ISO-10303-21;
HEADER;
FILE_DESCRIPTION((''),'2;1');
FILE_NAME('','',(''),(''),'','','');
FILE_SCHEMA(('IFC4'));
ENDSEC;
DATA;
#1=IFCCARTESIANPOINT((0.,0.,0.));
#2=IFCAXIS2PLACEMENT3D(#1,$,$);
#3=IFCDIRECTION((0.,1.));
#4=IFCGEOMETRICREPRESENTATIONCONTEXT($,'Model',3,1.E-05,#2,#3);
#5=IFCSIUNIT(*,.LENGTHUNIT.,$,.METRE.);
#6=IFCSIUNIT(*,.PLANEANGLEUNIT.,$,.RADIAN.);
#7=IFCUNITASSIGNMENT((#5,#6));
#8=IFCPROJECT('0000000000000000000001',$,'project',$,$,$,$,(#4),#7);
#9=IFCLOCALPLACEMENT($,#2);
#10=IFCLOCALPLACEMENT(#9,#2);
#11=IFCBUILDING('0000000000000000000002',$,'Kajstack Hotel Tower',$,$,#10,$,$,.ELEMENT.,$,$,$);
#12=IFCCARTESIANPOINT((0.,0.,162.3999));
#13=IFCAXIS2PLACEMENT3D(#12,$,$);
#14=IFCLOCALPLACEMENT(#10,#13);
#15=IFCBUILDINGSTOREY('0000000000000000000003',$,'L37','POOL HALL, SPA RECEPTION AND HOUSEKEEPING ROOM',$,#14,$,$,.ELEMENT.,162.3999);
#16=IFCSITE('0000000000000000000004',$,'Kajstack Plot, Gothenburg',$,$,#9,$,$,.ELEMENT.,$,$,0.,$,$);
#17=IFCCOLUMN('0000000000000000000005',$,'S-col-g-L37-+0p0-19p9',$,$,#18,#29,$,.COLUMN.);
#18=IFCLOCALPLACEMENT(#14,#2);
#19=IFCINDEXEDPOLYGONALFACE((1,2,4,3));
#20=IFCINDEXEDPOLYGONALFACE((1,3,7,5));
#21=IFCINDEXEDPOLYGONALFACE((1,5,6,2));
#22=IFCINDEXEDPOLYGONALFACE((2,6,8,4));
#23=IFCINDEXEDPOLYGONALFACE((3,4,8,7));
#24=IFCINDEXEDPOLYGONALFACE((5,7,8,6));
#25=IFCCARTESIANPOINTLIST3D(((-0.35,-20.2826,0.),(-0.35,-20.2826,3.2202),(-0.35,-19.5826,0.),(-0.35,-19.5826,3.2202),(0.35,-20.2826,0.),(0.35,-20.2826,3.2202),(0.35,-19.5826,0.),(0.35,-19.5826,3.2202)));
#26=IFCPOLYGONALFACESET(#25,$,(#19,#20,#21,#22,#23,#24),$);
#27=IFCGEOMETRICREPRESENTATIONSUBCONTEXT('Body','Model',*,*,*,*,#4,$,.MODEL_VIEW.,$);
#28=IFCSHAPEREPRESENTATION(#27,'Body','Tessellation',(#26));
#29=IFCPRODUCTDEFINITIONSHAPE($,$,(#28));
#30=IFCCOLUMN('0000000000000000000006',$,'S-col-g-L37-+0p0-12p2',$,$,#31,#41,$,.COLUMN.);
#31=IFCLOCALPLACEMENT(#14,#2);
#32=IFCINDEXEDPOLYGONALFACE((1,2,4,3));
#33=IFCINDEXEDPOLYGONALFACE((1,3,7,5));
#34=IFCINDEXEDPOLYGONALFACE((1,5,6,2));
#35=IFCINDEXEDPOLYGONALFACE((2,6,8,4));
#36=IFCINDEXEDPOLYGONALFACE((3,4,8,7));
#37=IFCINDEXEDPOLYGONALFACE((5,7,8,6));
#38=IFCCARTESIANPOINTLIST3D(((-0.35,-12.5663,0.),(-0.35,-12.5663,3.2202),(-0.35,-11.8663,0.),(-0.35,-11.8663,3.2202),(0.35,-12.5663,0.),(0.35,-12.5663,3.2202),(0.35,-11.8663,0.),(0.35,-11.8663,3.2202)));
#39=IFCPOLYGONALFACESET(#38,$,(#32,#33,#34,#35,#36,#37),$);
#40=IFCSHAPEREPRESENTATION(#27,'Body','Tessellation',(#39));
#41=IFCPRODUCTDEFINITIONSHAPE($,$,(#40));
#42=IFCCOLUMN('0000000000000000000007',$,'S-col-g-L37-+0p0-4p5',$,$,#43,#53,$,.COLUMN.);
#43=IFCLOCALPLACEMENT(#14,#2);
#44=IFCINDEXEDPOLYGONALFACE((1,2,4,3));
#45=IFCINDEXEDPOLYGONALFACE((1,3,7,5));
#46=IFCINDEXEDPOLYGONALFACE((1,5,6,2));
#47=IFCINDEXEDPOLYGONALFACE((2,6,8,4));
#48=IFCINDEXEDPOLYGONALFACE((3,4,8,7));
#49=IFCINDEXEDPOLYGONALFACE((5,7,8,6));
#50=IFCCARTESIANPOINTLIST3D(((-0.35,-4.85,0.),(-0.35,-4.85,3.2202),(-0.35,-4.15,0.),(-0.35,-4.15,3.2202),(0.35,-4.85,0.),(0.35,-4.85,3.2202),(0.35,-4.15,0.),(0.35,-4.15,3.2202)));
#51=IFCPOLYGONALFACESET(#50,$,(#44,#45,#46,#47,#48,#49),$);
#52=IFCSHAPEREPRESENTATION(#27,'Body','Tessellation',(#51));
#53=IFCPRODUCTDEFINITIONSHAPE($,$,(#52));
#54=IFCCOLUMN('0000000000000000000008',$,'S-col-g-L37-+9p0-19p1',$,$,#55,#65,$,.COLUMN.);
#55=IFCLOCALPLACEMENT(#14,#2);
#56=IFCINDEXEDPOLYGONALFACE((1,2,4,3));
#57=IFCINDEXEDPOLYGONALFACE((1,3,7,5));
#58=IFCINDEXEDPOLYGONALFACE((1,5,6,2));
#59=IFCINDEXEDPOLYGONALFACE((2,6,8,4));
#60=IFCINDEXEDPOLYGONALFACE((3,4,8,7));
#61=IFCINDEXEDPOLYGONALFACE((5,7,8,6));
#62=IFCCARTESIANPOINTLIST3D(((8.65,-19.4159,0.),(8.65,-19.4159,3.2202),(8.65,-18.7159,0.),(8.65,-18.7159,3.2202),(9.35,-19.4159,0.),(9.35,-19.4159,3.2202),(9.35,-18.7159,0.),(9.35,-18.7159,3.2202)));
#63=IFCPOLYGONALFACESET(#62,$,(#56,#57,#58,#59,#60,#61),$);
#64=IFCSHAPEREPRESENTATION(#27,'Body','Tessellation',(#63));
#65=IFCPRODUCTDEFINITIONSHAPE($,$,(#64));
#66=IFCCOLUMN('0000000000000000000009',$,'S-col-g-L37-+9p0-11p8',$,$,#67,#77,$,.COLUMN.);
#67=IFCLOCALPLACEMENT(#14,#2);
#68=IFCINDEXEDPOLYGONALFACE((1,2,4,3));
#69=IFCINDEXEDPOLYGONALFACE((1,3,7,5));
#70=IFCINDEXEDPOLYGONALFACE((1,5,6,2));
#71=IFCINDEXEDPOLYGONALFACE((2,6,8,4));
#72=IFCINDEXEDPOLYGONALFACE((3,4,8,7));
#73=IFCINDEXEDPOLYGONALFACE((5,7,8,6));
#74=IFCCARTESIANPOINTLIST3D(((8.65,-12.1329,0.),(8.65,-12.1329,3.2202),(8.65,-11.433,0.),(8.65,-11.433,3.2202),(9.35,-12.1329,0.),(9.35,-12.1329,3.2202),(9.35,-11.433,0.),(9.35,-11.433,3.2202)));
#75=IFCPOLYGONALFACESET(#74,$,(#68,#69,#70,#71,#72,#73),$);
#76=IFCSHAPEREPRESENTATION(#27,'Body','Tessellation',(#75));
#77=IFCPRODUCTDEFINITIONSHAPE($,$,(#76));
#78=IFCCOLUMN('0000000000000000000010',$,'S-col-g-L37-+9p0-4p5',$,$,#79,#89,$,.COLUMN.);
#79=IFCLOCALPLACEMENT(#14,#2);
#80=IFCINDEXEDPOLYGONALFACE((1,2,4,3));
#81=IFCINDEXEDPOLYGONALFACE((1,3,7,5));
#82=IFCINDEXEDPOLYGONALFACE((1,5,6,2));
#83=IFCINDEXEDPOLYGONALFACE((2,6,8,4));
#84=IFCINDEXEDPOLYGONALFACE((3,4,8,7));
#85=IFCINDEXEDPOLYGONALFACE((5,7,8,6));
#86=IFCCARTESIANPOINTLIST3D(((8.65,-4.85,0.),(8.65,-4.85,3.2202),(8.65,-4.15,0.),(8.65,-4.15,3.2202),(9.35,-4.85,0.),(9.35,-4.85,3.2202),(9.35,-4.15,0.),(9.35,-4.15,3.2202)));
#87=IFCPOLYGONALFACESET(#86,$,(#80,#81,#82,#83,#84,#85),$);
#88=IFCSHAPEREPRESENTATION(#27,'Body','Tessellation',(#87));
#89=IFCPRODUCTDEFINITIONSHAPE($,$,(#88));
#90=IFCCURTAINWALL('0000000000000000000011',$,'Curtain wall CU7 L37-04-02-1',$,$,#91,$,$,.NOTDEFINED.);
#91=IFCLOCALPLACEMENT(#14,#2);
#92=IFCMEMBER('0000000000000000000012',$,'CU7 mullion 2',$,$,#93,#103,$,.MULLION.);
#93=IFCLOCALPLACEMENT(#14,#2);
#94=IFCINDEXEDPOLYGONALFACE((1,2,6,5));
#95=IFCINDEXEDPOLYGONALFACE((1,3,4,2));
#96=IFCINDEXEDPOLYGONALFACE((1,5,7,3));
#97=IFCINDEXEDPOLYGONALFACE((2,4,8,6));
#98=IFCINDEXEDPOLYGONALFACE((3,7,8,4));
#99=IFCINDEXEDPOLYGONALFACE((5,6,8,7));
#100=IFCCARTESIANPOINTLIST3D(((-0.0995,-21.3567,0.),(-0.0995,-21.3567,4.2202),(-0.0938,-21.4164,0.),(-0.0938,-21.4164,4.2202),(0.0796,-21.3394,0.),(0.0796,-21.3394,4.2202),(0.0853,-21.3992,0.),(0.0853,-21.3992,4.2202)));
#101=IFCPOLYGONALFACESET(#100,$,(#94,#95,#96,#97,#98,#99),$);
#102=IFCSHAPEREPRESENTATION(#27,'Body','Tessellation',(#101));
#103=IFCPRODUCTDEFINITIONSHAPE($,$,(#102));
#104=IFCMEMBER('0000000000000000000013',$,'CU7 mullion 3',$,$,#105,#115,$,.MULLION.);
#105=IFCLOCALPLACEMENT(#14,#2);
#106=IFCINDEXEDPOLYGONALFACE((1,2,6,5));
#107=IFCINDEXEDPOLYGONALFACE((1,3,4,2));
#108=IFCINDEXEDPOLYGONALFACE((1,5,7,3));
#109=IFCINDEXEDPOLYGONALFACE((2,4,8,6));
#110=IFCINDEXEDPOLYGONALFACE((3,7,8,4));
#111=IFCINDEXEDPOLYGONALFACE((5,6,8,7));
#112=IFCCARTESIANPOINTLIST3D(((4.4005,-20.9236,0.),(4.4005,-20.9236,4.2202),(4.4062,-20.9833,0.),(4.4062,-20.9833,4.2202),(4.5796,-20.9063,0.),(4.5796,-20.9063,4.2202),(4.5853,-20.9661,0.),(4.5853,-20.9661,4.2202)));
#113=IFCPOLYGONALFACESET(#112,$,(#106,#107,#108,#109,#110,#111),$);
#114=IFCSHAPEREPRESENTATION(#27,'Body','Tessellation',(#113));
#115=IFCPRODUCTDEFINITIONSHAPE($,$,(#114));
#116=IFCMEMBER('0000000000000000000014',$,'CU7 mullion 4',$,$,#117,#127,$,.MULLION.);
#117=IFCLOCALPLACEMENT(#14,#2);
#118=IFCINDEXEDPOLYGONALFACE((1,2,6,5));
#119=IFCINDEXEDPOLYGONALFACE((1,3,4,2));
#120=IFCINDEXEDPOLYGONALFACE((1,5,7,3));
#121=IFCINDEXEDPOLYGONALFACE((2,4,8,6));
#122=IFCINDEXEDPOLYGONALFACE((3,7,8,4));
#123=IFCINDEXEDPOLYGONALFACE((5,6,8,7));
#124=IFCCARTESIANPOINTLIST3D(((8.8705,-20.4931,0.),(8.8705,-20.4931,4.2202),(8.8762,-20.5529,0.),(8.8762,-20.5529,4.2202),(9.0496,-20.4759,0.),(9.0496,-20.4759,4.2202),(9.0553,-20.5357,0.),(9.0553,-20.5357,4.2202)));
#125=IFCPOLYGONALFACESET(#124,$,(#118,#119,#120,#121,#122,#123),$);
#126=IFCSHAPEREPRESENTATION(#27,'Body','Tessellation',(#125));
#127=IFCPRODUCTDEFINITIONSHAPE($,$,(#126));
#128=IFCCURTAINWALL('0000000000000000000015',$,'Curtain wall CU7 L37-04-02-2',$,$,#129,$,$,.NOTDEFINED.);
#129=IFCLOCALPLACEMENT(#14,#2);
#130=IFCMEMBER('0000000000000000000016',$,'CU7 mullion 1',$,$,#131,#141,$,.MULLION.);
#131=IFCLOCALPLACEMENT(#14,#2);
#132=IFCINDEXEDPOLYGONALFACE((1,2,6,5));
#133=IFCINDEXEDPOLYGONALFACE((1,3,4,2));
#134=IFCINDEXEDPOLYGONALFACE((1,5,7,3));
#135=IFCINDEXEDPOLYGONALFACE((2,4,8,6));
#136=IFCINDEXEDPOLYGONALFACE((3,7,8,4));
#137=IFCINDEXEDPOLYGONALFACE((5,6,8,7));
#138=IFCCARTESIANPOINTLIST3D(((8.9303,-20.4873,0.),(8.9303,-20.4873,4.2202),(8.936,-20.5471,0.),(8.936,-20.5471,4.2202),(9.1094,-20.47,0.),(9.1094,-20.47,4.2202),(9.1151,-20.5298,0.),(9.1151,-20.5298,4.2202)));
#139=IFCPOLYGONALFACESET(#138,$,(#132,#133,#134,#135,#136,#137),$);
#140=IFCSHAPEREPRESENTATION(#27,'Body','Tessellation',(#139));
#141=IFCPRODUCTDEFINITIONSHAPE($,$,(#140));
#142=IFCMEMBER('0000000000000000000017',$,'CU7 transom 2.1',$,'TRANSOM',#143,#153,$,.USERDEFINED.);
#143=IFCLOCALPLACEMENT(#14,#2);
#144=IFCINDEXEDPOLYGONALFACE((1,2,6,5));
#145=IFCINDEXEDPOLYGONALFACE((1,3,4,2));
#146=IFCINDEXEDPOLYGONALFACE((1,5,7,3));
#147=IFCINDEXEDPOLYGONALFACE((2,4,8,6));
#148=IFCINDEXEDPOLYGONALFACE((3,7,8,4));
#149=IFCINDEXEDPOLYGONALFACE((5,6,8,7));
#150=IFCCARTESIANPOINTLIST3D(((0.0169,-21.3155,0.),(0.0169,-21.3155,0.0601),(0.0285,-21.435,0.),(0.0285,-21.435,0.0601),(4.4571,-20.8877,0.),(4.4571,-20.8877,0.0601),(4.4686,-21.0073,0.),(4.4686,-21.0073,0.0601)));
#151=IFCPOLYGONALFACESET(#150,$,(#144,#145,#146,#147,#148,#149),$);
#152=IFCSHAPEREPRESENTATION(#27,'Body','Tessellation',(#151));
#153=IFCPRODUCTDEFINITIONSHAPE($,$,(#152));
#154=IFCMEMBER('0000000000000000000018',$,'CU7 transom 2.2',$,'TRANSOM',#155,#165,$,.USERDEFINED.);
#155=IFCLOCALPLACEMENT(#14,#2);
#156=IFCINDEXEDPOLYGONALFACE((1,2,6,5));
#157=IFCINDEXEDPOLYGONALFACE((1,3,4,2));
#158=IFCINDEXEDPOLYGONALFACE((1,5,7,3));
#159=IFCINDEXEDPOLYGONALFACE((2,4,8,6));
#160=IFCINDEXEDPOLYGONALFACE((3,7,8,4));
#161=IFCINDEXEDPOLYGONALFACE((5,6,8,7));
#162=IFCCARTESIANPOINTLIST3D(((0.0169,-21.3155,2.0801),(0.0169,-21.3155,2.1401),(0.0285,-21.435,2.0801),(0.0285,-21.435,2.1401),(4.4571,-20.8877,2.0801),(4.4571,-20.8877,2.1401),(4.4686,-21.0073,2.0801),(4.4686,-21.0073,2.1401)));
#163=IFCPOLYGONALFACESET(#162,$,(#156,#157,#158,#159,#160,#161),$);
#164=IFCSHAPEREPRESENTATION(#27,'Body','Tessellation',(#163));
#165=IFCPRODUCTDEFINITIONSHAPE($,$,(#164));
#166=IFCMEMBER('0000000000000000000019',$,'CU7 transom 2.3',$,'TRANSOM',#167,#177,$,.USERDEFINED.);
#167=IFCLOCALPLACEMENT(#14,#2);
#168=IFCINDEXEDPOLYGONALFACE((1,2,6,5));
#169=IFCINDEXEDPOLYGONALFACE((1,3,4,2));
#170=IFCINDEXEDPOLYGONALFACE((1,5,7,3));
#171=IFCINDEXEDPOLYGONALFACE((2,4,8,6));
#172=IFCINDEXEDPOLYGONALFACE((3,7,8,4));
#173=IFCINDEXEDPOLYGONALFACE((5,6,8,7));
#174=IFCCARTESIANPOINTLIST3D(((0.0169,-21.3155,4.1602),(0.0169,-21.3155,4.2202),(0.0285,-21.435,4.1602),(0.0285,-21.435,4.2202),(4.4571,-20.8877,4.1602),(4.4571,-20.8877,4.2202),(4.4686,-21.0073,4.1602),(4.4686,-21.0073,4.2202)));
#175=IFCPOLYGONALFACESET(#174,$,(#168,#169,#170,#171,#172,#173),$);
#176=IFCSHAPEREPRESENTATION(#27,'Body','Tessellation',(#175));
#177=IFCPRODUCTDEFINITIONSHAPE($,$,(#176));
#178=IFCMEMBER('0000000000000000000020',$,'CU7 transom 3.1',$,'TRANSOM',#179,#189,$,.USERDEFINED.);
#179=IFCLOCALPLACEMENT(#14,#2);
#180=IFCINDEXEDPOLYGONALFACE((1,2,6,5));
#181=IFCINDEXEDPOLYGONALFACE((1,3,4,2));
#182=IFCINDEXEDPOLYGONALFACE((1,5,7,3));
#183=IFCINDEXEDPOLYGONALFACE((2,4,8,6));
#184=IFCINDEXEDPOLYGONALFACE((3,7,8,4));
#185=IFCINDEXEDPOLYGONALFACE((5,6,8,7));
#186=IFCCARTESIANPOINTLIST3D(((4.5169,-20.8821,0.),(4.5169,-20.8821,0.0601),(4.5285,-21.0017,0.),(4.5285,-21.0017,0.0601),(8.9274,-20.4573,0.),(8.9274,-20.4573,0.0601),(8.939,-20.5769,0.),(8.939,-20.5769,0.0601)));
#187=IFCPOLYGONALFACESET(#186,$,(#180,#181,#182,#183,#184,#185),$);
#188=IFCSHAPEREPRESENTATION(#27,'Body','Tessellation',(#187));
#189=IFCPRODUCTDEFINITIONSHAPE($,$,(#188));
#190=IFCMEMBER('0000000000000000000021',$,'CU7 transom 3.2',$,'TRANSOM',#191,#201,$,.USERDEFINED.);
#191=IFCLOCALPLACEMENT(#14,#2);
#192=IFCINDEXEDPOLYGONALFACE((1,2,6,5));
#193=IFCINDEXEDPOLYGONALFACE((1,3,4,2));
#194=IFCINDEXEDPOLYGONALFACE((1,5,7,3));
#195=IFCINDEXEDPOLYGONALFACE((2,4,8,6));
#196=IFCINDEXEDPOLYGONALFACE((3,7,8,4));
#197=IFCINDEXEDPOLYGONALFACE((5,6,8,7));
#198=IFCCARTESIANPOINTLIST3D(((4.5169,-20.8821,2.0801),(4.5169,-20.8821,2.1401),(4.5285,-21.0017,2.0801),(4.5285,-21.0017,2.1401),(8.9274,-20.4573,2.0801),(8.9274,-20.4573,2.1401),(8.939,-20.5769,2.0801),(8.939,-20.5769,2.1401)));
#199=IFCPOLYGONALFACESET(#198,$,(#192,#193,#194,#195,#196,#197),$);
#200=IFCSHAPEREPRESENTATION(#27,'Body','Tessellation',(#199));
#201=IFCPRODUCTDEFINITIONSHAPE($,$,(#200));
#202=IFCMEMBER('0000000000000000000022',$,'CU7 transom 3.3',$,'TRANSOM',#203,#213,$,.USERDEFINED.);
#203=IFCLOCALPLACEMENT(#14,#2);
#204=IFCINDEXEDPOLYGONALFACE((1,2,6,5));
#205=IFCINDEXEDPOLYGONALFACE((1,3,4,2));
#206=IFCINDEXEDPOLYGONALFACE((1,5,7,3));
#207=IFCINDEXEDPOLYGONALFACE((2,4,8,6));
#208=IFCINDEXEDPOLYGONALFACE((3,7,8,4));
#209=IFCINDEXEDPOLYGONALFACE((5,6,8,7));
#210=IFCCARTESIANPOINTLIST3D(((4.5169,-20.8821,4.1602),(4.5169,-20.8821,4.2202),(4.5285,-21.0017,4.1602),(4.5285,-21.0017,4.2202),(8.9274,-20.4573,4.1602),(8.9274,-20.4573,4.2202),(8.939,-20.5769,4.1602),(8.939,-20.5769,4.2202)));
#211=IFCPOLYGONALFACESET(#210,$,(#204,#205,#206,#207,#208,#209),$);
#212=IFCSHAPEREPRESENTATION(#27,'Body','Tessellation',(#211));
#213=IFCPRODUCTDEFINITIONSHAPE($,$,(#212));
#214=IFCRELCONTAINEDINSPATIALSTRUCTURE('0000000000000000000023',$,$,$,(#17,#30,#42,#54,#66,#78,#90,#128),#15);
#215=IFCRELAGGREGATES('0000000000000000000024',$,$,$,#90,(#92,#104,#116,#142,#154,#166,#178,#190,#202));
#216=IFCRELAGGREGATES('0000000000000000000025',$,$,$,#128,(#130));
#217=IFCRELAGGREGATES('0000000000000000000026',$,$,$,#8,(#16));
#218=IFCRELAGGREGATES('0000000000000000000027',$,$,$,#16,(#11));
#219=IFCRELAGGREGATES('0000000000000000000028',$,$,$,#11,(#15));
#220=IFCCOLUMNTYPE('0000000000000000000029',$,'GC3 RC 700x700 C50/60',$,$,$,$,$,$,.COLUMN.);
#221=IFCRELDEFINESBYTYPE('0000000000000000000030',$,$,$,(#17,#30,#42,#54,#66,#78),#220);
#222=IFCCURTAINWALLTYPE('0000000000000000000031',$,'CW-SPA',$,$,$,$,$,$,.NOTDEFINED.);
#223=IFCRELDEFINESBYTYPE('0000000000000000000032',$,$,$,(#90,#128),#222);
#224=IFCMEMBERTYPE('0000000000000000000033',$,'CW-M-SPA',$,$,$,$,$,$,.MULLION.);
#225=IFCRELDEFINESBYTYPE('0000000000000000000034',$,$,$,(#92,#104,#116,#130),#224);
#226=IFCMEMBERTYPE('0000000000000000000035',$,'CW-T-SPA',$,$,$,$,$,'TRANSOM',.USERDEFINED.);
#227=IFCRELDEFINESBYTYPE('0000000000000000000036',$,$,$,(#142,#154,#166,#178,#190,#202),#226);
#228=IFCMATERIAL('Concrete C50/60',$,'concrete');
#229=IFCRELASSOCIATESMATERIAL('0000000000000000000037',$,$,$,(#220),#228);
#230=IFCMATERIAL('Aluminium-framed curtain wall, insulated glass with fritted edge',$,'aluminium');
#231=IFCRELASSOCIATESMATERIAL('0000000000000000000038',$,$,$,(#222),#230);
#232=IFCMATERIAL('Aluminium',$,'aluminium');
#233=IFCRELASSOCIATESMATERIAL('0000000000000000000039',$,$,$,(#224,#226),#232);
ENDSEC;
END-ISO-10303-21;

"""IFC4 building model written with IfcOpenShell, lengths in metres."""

from ifc_helpers import new_model, si_unit, direction, frame, origin, origin_2d, place, context, subcontext, project, spatial, rectangle, extrude, material, material_profile, profile_set, type_object, element, aggregate, save


model = new_model("IFC4")

# Units and contexts
model_context = context("Model", 3, precision=1e-05, world=origin(), true_north=direction((0.0, 1.0)))
body_context = subcontext(model_context, "Body", "Model", "MODEL_VIEW")
ifc_project = project(units=[si_unit("LENGTHUNIT", "METRE"), si_unit("PLANEANGLEUNIT", "RADIAN")], contexts=[model_context])

# Site, building, storey
site_placement = place(None, origin())
site = spatial("IfcSite", under=ifc_project, at=site_placement, Name="Kajstack Plot, Gothenburg", CompositionType="ELEMENT", RefElevation=0.0)
building_placement = place(site_placement, origin())
building = spatial("IfcBuilding", under=site, at=building_placement, Name="Kajstack Hotel Tower", CompositionType="ELEMENT")
storey_placement = place(building_placement, frame((0.0, 0.0, 162.3999)))
storey = spatial("IfcBuildingStorey", under=building, at=storey_placement, Name="L37", Description="POOL HALL, SPA RECEPTION AND HOUSEKEEPING ROOM", CompositionType="ELEMENT", Elevation=162.3999)

# Columns
ifc_material_1 = material(Name="Concrete C50/60", Category="concrete")
ifc_material_profile_1 = material_profile(ifc_material_1, rectangle(XDim=0.7, YDim=0.7, at=origin_2d()), Name="RC 700x700")
ifc_profile_set_1 = profile_set([ifc_material_profile_1], Name="Concrete C50/60")
column_type = type_object("IfcColumnType", Name="GC3 RC 700x700 C50/60", PredefinedType="COLUMN", material=ifc_profile_set_1)
for number, where, z_axis, x_axis, name in (
    (1, (0.0, -19.9326, 0.0), (0.0, 0.0, 1.0), (1.0, 0.0, 0.0), "S-col-g-L37-+0p0-19p9"),
    (2, (0.0, -12.2163, 0.0), (0.0, 0.0, 1.0), (1.0, 0.0, 0.0), "S-col-g-L37-+0p0-12p2"),
    (3, (0.0, -4.5, 0.0), (0.0, 0.0, 1.0), (1.0, 0.0, 0.0), "S-col-g-L37-+0p0-4p5"),
    (4, (9.0, -19.0659, 0.0), (0.0, 0.0, 1.0), (1.0, 0.0, 0.0), "S-col-g-L37-+9p0-19p1"),
    (5, (9.0, -11.783, 0.0), (0.0, 0.0, 1.0), (1.0, 0.0, 0.0), "S-col-g-L37-+9p0-11p8"),
    (6, (9.0, -4.5, 0.0), (0.0, 0.0, 1.0), (1.0, 0.0, 0.0), "S-col-g-L37-+9p0-4p5"),
):
    element("IfcColumn", number, at=place(storey_placement, frame(where, z_axis=z_axis, x_axis=x_axis)), inside=storey, type_object=column_type, Name=name, PredefinedType="COLUMN", context=body_context, shape_type="SweptSolid", body=[
        extrude(rectangle(XDim=0.7, YDim=0.7, at=origin_2d()), origin(), (0.0, 0.0, 1.0), 3.2202),
    ])

# Curtain wall, members
ifc_material_2 = material(Name="Aluminium-framed curtain wall, insulated glass with fritted edge", Category="aluminium")
curtain_wall_type = type_object("IfcCurtainWallType", Name="CW-SPA", PredefinedType="NOTDEFINED", material=ifc_material_2)
curtain_wall_1_placement = place(storey_placement, origin())
curtain_wall_1 = element("IfcCurtainWall", 7, at=curtain_wall_1_placement, inside=storey, type_object=curtain_wall_type, Name="Curtain wall CU7 L37-04-02-1", PredefinedType="NOTDEFINED")
ifc_material_3 = material(Name="Aluminium", Category="aluminium")
ifc_material_profile_2 = material_profile(ifc_material_3, rectangle(XDim=0.0601, YDim=0.1799, at=origin_2d()), Name="Aluminium mullion 60 x 180")
ifc_profile_set_2 = profile_set([ifc_material_profile_2], Name="Aluminium")
member_type_1 = type_object("IfcMemberType", Name="CW-M-SPA", PredefinedType="MULLION", material=ifc_profile_set_2)
member_1_placement = place(storey_placement, frame((-0.0071, -21.3779, 0.0), z_axis=(0.0, 0.0, 1.0), x_axis=(-0.095845, 0.995396, 0.0)))
member_1 = element("IfcMember", 8, at=member_1_placement, type_object=member_type_1, Name="CU7 mullion 2", PredefinedType="MULLION", context=body_context, shape_type="SweptSolid", body=[
    extrude(rectangle(XDim=0.0601, YDim=0.1799, at=origin_2d()), origin(), (0.0, 0.0, 1.0), 4.2202),
])
member_2_placement = place(storey_placement, frame((4.4929, -20.9448, 0.0), z_axis=(0.0, 0.0, 1.0), x_axis=(-0.095845, 0.995396, 0.0)))
member_2 = element("IfcMember", 9, at=member_2_placement, type_object=member_type_1, Name="CU7 mullion 3", PredefinedType="MULLION", context=body_context, shape_type="SweptSolid", body=[
    extrude(rectangle(XDim=0.0601, YDim=0.1799, at=origin_2d()), origin(), (0.0, 0.0, 1.0), 4.2202),
])
member_3_placement = place(storey_placement, frame((8.9629, -20.5144, 0.0), z_axis=(0.0, 0.0, 1.0), x_axis=(-0.095845, 0.995396, 0.0)))
member_3 = element("IfcMember", 10, at=member_3_placement, type_object=member_type_1, Name="CU7 mullion 4", PredefinedType="MULLION", context=body_context, shape_type="SweptSolid", body=[
    extrude(rectangle(XDim=0.0601, YDim=0.1799, at=origin_2d()), origin(), (0.0, 0.0, 1.0), 4.2202),
])

# Curtain wall, member
curtain_wall_2_placement = place(storey_placement, origin())
curtain_wall_2 = element("IfcCurtainWall", 11, at=curtain_wall_2_placement, inside=storey, type_object=curtain_wall_type, Name="Curtain wall CU7 L37-04-02-2", PredefinedType="NOTDEFINED")
member_4_placement = place(storey_placement, frame((9.0227, -20.5085, 0.0), z_axis=(0.0, 0.0, 1.0), x_axis=(-0.095845, 0.995396, 0.0)))
member_4 = element("IfcMember", 12, at=member_4_placement, type_object=member_type_1, Name="CU7 mullion 1", PredefinedType="MULLION", context=body_context, shape_type="SweptSolid", body=[
    extrude(rectangle(XDim=0.0601, YDim=0.1799, at=origin_2d()), origin(), (0.0, 0.0, 1.0), 4.2202),
])

# Members
ifc_material_profile_3 = material_profile(ifc_material_3, rectangle(XDim=0.1201, YDim=0.0601, at=origin_2d()), Name="Aluminium transom 120 x 60")
ifc_profile_set_3 = profile_set([ifc_material_profile_3], Name="Aluminium")
member_type_2 = type_object("IfcMemberType", Name="CW-T-SPA", ElementType="TRANSOM", PredefinedType="USERDEFINED", material=ifc_profile_set_3)
member_5_placement = place(storey_placement, frame((0.0227, -21.3752, 0.03), z_axis=(0.995392, 0.095889, 0.0), x_axis=(-0.095889, 0.995392, 0.0)))
member_5 = element("IfcMember", 13, at=member_5_placement, type_object=member_type_2, Name="CU7 transom 2.1", ObjectType="TRANSOM", PredefinedType="USERDEFINED", context=body_context, shape_type="SweptSolid", body=[
    extrude(rectangle(XDim=0.1201, YDim=0.0601, at=origin_2d()), origin(), (0.0, 0.0, 1.0), 4.4607),
])
member_6_placement = place(storey_placement, frame((0.0227, -21.3752, 2.1101), z_axis=(0.995392, 0.095889, 0.0), x_axis=(-0.095889, 0.995392, 0.0)))
member_6 = element("IfcMember", 14, at=member_6_placement, type_object=member_type_2, Name="CU7 transom 2.2", ObjectType="TRANSOM", PredefinedType="USERDEFINED", context=body_context, shape_type="SweptSolid", body=[
    extrude(rectangle(XDim=0.1201, YDim=0.0601, at=origin_2d()), origin(), (0.0, 0.0, 1.0), 4.4607),
])
member_7_placement = place(storey_placement, frame((0.0227, -21.3752, 4.1902), z_axis=(0.995392, 0.095889, 0.0), x_axis=(-0.095889, 0.995392, 0.0)))
member_7 = element("IfcMember", 15, at=member_7_placement, type_object=member_type_2, Name="CU7 transom 2.3", ObjectType="TRANSOM", PredefinedType="USERDEFINED", context=body_context, shape_type="SweptSolid", body=[
    extrude(rectangle(XDim=0.1201, YDim=0.0601, at=origin_2d()), origin(), (0.0, 0.0, 1.0), 4.4607),
])
member_8_placement = place(storey_placement, frame((4.5227, -20.9419, 0.03), z_axis=(0.995393, 0.095875, 0.0), x_axis=(-0.095875, 0.995393, 0.0)))
member_8 = element("IfcMember", 16, at=member_8_placement, type_object=member_type_2, Name="CU7 transom 3.1", ObjectType="TRANSOM", PredefinedType="USERDEFINED", context=body_context, shape_type="SweptSolid", body=[
    extrude(rectangle(XDim=0.1201, YDim=0.0601, at=origin_2d()), origin(), (0.0, 0.0, 1.0), 4.4309),
])
member_9_placement = place(storey_placement, frame((4.5227, -20.9419, 2.1101), z_axis=(0.995393, 0.095875, 0.0), x_axis=(-0.095875, 0.995393, 0.0)))
member_9 = element("IfcMember", 17, at=member_9_placement, type_object=member_type_2, Name="CU7 transom 3.2", ObjectType="TRANSOM", PredefinedType="USERDEFINED", context=body_context, shape_type="SweptSolid", body=[
    extrude(rectangle(XDim=0.1201, YDim=0.0601, at=origin_2d()), origin(), (0.0, 0.0, 1.0), 4.4309),
])
member_10_placement = place(storey_placement, frame((4.5227, -20.9419, 4.1902), z_axis=(0.995393, 0.095875, 0.0), x_axis=(-0.095875, 0.995393, 0.0)))
member_10 = element("IfcMember", 18, at=member_10_placement, type_object=member_type_2, Name="CU7 transom 3.3", ObjectType="TRANSOM", PredefinedType="USERDEFINED", context=body_context, shape_type="SweptSolid", body=[
    extrude(rectangle(XDim=0.1201, YDim=0.0601, at=origin_2d()), origin(), (0.0, 0.0, 1.0), 4.4309),
])

aggregate(curtain_wall_1, [member_1, member_2, member_3, member_5, member_6, member_7, member_8, member_9, member_10])
aggregate(curtain_wall_2, [member_4])

save(model, "model.ifc")
